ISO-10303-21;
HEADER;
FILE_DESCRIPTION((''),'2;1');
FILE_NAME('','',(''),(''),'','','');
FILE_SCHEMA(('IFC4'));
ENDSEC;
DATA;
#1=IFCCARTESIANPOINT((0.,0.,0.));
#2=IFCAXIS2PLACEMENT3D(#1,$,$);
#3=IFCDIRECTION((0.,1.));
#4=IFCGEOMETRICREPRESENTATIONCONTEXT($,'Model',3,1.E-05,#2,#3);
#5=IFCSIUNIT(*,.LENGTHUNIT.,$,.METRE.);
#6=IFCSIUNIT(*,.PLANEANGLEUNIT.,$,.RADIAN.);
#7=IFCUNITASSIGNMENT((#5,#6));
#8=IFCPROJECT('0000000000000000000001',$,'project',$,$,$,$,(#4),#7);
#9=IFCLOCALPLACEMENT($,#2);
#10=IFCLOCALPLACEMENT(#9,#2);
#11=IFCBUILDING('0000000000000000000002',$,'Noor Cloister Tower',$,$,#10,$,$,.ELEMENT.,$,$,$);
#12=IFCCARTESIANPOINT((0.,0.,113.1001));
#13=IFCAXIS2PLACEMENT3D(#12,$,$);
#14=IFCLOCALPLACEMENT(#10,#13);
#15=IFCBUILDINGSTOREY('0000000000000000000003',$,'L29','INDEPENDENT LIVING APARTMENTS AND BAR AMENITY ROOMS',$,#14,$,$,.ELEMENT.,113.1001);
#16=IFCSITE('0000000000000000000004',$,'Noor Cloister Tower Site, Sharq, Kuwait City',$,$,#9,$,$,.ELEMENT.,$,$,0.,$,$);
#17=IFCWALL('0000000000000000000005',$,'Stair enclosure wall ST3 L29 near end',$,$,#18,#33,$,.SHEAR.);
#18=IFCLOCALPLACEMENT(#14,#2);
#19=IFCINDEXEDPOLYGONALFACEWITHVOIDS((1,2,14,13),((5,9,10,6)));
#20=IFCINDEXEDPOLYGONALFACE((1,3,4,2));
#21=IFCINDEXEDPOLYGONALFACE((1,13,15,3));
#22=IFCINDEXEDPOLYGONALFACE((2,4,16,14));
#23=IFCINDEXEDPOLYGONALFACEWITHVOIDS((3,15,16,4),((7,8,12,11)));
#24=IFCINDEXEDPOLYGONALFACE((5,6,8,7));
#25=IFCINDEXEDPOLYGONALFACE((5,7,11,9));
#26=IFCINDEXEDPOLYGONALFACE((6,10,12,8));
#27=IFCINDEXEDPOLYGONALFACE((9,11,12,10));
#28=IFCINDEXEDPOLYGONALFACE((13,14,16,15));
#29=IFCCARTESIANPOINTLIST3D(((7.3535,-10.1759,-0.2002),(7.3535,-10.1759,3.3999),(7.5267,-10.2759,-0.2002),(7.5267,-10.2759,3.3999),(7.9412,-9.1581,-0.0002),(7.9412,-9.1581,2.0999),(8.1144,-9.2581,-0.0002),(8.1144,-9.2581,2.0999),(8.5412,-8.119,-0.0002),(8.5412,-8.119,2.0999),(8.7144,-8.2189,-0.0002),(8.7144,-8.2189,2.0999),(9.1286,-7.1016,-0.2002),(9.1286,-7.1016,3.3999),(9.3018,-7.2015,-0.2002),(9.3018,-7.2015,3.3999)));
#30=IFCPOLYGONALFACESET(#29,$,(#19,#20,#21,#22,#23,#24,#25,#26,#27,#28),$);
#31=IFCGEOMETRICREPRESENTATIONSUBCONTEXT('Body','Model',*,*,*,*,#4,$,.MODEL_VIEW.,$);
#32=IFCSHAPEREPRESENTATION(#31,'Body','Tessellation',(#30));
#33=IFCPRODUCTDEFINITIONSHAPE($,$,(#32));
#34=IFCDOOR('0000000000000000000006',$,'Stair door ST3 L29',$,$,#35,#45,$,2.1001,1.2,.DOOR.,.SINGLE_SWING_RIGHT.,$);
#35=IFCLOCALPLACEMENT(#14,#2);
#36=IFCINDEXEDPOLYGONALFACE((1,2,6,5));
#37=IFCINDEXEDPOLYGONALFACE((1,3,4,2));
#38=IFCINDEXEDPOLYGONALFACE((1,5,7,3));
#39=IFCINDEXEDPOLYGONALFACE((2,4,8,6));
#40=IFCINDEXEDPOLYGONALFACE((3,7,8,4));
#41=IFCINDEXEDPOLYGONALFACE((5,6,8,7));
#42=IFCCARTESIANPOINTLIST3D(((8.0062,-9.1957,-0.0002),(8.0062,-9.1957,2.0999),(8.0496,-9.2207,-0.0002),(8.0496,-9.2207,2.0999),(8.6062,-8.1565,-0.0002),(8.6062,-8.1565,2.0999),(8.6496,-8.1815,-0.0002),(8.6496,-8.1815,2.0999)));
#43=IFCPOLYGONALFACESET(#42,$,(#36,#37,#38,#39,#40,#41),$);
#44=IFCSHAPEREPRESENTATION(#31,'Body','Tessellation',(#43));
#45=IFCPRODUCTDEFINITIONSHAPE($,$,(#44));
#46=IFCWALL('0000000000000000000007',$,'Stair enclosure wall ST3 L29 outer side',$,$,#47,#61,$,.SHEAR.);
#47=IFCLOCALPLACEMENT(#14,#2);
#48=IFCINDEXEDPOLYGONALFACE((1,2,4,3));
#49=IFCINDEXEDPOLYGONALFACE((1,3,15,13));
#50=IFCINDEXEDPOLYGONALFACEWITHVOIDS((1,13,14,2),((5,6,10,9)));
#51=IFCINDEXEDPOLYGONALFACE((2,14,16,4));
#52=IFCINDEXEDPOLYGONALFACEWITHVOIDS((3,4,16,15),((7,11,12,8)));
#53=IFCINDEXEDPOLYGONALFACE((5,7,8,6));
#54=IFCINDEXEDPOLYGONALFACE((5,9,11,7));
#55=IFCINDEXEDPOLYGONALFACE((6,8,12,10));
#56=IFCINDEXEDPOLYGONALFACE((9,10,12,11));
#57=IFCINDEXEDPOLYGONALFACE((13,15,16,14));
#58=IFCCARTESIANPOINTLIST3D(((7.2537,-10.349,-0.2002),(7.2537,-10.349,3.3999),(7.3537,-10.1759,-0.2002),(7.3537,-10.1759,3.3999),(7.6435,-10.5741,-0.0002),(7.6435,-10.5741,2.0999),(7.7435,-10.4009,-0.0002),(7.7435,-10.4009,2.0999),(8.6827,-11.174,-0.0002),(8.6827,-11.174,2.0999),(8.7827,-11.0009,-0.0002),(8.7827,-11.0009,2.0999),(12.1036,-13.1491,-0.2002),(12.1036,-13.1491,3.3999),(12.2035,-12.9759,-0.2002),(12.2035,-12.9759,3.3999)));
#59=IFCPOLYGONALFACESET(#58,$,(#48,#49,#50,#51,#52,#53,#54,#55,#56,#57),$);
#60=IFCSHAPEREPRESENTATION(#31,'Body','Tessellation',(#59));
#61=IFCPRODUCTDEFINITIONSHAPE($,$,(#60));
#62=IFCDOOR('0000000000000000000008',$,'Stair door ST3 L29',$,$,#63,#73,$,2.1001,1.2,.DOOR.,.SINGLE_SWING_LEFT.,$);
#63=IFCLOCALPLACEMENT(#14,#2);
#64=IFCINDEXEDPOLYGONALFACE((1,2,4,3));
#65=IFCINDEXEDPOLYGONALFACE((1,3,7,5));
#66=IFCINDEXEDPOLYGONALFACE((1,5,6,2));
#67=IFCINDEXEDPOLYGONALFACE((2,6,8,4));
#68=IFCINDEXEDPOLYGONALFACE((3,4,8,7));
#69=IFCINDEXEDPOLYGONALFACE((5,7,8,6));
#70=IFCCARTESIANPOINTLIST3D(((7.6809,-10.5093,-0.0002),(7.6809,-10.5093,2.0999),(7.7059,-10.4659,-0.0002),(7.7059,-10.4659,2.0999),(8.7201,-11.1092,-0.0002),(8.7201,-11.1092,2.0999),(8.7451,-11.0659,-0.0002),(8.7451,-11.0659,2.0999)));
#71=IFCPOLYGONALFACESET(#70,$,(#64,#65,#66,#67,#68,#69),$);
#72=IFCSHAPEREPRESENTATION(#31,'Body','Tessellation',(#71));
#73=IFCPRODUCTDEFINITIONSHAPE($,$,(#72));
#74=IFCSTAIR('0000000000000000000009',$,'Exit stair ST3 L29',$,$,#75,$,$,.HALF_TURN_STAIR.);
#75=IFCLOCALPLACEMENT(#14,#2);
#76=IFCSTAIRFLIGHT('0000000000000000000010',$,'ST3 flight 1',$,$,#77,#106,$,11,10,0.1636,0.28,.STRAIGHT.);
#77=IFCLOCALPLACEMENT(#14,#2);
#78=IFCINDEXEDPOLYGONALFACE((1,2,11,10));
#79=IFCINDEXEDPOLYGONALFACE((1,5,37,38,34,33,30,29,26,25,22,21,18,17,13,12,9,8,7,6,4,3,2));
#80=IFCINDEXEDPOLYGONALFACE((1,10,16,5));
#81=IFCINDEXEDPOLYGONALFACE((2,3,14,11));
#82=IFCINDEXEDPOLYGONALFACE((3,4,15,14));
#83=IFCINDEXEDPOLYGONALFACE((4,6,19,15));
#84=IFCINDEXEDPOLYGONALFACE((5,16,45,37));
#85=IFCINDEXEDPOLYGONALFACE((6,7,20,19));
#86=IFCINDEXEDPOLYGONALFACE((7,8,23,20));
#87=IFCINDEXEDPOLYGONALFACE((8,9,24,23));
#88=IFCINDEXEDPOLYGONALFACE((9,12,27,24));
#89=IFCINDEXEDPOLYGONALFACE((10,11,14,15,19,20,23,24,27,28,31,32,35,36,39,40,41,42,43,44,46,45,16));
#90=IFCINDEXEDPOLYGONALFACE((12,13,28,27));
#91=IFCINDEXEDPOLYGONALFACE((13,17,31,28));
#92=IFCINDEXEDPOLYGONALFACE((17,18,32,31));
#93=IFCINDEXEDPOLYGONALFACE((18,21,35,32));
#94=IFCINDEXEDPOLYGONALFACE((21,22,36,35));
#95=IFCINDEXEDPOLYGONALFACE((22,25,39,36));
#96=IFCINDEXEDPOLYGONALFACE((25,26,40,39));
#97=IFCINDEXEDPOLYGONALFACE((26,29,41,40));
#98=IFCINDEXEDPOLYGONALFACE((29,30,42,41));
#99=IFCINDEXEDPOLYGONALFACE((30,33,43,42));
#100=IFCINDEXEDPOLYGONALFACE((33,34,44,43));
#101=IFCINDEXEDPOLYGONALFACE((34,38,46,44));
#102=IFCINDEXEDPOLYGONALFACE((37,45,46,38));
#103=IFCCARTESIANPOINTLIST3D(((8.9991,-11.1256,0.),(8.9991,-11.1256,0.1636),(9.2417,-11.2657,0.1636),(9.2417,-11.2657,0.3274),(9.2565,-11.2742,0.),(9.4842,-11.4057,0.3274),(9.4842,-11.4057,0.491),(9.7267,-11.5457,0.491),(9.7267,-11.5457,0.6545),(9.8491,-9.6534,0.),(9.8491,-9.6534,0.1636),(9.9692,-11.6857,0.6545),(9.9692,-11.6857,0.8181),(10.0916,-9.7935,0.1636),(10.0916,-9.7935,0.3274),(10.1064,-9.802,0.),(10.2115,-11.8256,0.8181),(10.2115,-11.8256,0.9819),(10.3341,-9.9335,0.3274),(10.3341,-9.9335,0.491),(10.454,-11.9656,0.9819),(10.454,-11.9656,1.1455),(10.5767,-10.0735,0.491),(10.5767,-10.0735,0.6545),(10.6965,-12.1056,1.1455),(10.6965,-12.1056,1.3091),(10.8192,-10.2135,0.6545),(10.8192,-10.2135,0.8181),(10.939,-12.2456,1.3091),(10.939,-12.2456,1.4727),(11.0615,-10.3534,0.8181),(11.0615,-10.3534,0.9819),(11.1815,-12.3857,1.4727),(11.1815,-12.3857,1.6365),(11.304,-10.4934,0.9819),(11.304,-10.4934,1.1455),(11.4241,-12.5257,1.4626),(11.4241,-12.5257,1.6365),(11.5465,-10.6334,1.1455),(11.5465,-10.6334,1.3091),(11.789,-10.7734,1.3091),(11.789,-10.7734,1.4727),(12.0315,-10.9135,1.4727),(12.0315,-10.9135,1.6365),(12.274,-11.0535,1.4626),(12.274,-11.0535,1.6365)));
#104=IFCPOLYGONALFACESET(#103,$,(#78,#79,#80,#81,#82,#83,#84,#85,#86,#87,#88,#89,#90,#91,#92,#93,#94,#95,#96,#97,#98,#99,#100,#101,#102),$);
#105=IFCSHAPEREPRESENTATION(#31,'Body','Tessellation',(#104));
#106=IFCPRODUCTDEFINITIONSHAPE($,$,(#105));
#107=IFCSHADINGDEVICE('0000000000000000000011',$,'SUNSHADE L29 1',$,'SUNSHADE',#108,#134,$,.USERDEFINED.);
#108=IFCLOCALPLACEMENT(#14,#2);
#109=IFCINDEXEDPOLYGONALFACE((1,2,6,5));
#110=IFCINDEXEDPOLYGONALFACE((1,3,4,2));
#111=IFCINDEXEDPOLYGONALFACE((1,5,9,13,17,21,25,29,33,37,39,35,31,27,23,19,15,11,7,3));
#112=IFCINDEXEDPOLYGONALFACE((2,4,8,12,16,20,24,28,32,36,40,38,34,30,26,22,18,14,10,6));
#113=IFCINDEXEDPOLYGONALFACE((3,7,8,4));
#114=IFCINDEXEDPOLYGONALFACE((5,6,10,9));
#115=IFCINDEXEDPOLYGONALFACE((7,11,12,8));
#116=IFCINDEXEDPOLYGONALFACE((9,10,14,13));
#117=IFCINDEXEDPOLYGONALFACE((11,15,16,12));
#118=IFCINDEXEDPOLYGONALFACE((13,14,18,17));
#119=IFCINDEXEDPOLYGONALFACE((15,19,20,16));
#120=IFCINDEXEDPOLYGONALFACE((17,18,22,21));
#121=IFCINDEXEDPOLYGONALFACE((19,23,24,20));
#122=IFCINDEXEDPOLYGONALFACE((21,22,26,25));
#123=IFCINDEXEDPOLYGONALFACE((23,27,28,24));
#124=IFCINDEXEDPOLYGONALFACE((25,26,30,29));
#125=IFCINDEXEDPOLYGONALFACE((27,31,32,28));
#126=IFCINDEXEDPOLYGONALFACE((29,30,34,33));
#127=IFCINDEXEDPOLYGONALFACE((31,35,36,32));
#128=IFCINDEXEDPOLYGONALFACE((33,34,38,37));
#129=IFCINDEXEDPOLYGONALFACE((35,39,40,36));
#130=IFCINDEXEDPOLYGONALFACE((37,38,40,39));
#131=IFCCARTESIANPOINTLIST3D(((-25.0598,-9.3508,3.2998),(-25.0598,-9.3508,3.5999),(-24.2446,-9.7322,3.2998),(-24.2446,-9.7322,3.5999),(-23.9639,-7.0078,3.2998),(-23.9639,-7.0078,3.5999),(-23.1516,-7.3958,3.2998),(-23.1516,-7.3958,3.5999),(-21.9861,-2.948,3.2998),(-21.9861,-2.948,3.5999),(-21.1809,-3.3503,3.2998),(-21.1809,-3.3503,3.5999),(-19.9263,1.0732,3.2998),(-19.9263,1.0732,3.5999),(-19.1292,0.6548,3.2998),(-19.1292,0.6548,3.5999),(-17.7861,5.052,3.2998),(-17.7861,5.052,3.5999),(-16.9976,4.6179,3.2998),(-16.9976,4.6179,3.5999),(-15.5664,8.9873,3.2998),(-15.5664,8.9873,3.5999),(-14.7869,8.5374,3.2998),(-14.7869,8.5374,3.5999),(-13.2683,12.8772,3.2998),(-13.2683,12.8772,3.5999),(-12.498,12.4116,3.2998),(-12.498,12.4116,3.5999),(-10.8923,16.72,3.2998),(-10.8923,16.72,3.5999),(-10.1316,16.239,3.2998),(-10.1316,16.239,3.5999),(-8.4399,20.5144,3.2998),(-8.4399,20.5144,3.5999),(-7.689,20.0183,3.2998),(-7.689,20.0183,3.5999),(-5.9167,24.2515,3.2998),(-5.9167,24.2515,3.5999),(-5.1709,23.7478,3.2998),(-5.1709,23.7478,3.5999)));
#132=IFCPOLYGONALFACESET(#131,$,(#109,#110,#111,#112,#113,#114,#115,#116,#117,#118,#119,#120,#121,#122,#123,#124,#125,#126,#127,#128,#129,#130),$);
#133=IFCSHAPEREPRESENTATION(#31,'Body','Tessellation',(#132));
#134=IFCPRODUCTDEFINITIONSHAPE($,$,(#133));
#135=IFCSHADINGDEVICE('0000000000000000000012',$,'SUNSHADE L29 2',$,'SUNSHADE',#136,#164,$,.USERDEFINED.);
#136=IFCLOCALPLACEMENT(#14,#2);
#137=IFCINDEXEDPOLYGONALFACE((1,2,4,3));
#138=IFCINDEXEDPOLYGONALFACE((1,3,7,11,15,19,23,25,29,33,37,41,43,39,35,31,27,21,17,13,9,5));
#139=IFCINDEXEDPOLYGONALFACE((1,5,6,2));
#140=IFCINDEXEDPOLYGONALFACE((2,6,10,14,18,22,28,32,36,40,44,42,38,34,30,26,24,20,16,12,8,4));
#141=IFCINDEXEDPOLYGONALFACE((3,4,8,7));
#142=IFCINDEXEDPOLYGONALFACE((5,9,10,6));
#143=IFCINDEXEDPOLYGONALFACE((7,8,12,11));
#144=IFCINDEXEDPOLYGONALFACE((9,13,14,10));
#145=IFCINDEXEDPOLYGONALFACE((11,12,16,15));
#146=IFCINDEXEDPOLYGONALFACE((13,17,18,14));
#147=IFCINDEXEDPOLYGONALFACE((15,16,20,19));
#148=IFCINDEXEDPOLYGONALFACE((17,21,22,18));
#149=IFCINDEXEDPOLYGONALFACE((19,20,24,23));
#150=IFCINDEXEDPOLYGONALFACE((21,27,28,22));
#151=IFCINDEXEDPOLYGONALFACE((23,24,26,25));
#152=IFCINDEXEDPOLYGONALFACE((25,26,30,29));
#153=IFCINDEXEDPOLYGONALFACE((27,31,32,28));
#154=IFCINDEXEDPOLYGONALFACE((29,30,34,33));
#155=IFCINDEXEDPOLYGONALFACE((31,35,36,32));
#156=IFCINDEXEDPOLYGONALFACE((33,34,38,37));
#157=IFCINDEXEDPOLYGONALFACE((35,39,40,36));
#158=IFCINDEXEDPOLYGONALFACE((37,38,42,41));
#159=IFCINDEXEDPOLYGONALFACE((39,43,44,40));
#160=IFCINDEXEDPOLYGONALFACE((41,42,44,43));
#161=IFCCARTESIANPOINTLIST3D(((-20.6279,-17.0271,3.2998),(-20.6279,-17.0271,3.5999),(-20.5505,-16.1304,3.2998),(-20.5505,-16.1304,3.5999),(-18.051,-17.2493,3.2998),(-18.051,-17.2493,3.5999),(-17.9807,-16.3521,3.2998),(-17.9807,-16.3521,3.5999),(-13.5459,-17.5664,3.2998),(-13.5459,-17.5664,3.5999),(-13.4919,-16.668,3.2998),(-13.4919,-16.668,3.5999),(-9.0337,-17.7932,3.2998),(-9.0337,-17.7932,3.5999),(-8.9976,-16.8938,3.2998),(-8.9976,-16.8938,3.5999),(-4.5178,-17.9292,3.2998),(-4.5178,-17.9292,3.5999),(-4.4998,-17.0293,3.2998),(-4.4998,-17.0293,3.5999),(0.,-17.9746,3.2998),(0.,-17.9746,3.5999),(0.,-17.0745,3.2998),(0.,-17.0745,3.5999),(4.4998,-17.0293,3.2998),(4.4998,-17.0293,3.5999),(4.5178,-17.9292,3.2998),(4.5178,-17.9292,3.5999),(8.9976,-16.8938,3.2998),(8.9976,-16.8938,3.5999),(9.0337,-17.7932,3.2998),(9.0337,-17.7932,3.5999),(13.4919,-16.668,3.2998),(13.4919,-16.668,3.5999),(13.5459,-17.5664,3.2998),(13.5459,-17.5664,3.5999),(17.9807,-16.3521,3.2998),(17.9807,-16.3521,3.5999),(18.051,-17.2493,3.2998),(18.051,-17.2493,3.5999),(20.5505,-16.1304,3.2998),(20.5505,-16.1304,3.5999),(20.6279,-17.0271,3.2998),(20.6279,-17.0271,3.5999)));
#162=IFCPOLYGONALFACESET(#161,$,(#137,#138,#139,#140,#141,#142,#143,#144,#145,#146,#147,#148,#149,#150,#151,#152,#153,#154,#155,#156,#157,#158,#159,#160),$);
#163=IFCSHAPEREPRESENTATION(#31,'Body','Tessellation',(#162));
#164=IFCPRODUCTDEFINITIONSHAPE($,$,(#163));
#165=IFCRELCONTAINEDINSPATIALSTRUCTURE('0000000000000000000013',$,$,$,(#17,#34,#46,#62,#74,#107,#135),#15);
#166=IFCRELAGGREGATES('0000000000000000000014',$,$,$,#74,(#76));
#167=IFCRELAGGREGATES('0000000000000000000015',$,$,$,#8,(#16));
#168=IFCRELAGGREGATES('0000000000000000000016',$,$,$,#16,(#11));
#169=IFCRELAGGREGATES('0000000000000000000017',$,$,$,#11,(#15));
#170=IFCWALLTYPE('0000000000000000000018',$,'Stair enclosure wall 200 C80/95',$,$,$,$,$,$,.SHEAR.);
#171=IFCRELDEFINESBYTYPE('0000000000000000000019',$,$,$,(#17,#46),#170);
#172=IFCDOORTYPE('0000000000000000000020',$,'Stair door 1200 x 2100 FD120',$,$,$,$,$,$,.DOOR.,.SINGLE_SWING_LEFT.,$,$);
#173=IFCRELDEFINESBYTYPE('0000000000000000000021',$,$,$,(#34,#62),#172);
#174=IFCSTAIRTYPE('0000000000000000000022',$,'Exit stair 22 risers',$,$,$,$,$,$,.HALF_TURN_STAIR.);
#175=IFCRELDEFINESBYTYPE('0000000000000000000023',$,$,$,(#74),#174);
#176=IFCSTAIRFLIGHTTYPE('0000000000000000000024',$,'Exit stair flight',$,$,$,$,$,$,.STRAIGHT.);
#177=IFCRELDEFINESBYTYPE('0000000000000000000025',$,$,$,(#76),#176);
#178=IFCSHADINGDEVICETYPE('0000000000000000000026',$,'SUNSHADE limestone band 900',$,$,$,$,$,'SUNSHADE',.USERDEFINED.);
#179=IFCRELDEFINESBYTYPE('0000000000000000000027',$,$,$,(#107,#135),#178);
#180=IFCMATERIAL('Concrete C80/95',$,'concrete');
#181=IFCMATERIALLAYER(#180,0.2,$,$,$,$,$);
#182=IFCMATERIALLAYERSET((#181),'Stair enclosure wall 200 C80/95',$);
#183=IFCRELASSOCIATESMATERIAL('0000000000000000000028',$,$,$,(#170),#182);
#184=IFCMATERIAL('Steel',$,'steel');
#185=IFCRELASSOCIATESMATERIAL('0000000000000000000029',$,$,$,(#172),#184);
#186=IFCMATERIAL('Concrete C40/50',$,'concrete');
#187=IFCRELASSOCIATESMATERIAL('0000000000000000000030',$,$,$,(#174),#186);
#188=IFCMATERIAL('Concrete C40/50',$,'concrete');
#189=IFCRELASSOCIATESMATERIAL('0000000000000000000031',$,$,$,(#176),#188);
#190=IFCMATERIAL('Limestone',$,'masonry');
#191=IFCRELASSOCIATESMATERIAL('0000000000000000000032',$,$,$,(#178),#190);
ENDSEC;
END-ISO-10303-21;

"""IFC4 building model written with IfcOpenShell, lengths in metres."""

from ifc_helpers import new_model, si_unit, direction, frame, frame_2d, origin, place, context, subcontext, project, spatial, polyline, rectangle, outline, extrude, material, layer, layer_set, type_object, element, fill, aggregate, save


model = new_model("IFC4")

# Units and contexts
model_context = context("Model", 3, precision=1e-05, world=origin(), true_north=direction((0.0, 1.0)))
body_context = subcontext(model_context, "Body", "Model", "MODEL_VIEW")
ifc_project = project(units=[si_unit("LENGTHUNIT", "METRE"), si_unit("PLANEANGLEUNIT", "RADIAN")], contexts=[model_context])

# Site, building, storey
site_placement = place(None, origin())
site = spatial("IfcSite", under=ifc_project, at=site_placement, Name="Noor Cloister Tower Site, Sharq, Kuwait City", CompositionType="ELEMENT", RefElevation=0.0)
building_placement = place(site_placement, origin())
building = spatial("IfcBuilding", under=site, at=building_placement, Name="Noor Cloister Tower", CompositionType="ELEMENT")
storey_placement = place(building_placement, frame((0.0, 0.0, 113.1001)))
storey = spatial("IfcBuildingStorey", under=building, at=storey_placement, Name="L29", Description="INDEPENDENT LIVING APARTMENTS AND BAR AMENITY ROOMS", CompositionType="ELEMENT", Elevation=113.1001)

# Walls, openings, doors
ifc_material_1 = material(Name="Concrete C80/95", Category="concrete")
ifc_layer_1 = layer(ifc_material_1, 0.2)
ifc_layer_set_1 = layer_set([ifc_layer_1], Name="Stair enclosure wall 200 C80/95")
wall_type_1 = type_object("IfcWallType", Name="Stair enclosure wall 200 C80/95", PredefinedType="SHEAR", material=ifc_layer_set_1)
wall_1_placement = place(storey_placement, frame((7.4402, -10.2258, -0.2002), z_axis=(0.0, 0.0, 1.0), x_axis=(0.500022, 0.866013, 0.0)))
wall_1 = element("IfcWall", 1, at=wall_1_placement, inside=storey, type_object=wall_type_1, Name="Stair enclosure wall ST3 L29 near end", PredefinedType="SHEAR", context=body_context, shape_type="SweptSolid", body=[
    extrude(rectangle(XDim=3.55, YDim=0.2, at=frame_2d((1.7749, 0.0))), origin(), (0.0, 0.0, 1.0), 3.6001),
])
opening_1_placement = place(wall_1_placement, frame((1.175, 0.0, 0.2)))
opening_1 = element("IfcOpeningElement", 2, at=opening_1_placement, cuts=wall_1, PredefinedType="OPENING", context=body_context, shape_type="SweptSolid", body=[
    extrude(rectangle(XDim=1.2, YDim=2.1001, at=frame_2d((0.6001, 1.05))), frame((0.0, 0.1099, 0.0), z_axis=(0.0, -1.0, 0.0), x_axis=(1.0, 0.0, 0.0)), (0.0, 0.0, 1.0), 0.22),
])
ifc_material_2 = material(Name="Steel", Category="steel")
door_type_1 = type_object("IfcDoorType", Name="Stair door 1200 x 2100 FD120", OperationType="SINGLE_SWING_LEFT", PredefinedType="DOOR", material=ifc_material_2)
door_1_placement = place(opening_1_placement, origin())
door_1 = element("IfcDoor", 3, at=door_1_placement, inside=storey, type_object=door_type_1, Name="Stair door ST3 L29", OperationType="SINGLE_SWING_RIGHT", OverallHeight=2.1001, OverallWidth=1.2, PredefinedType="DOOR", context=body_context, shape_type="SweptSolid", body=[
    extrude(rectangle(XDim=1.2, YDim=2.1001, at=frame_2d((0.6001, 1.05))), frame((0.0, 0.0249, 0.0), z_axis=(0.0, -1.0, 0.0), x_axis=(1.0, 0.0, 0.0)), (0.0, 0.0, 1.0), 0.05),
])
fill(opening_1, door_1)
wall_2_placement = place(storey_placement, frame((7.3037, -10.2625, -0.2002), z_axis=(0.0, 0.0, 1.0), x_axis=(0.866027, -0.499998, 0.0)))
wall_2 = element("IfcWall", 4, at=wall_2_placement, inside=storey, type_object=wall_type_1, Name="Stair enclosure wall ST3 L29 outer side", PredefinedType="SHEAR", context=body_context, shape_type="SweptSolid", body=[
    extrude(rectangle(XDim=5.6001, YDim=0.2, at=frame_2d((2.8, 0.0))), origin(), (0.0, 0.0, 1.0), 3.6001),
])
opening_2_placement = place(wall_2_placement, frame((0.45, 0.0, 0.2)))
opening_2 = element("IfcOpeningElement", 5, at=opening_2_placement, cuts=wall_2, PredefinedType="OPENING", context=body_context, shape_type="SweptSolid", body=[
    extrude(rectangle(XDim=1.2, YDim=2.1001, at=frame_2d((0.6001, 1.05))), frame((0.0, 0.1099, 0.0), z_axis=(0.0, -1.0, 0.0), x_axis=(1.0, 0.0, 0.0)), (0.0, 0.0, 1.0), 0.22),
])
door_2_placement = place(opening_2_placement, origin())
door_2 = element("IfcDoor", 6, at=door_2_placement, inside=storey, type_object=door_type_1, Name="Stair door ST3 L29", OperationType="SINGLE_SWING_LEFT", OverallHeight=2.1001, OverallWidth=1.2, PredefinedType="DOOR", context=body_context, shape_type="SweptSolid", body=[
    extrude(rectangle(XDim=1.2, YDim=2.1001, at=frame_2d((0.6001, 1.05))), frame((0.0, 0.0249, 0.0), z_axis=(0.0, -1.0, 0.0), x_axis=(1.0, 0.0, 0.0)), (0.0, 0.0, 1.0), 0.05),
])
fill(opening_2, door_2)

# Stair, stair flight
ifc_material_3 = material(Name="Concrete C40/50", Category="concrete")
stair_type = type_object("IfcStairType", Name="Exit stair 22 risers", PredefinedType="HALF_TURN_STAIR", material=ifc_material_3)
stair_placement = place(storey_placement, origin())
stair = element("IfcStair", 7, at=stair_placement, inside=storey, type_object=stair_type, Name="Exit stair ST3 L29", PredefinedType="HALF_TURN_STAIR")
ifc_material_4 = material(Name="Concrete C40/50", Category="concrete")
stair_flight_type = type_object("IfcStairFlightType", Name="Exit stair flight", PredefinedType="STRAIGHT", material=ifc_material_4)
stair_flight_placement = place(storey_placement, frame((9.4241, -10.3896, 0.0), z_axis=(0.0, 0.0, 1.0), x_axis=(0.866025, -0.5, 0.0)))
stair_flight = element("IfcStairFlight", 8, at=stair_flight_placement, type_object=stair_flight_type, Name="ST3 flight 1", NumberOfRisers=11, NumberOfTreads=10, PredefinedType="STRAIGHT", RiserHeight=0.1636, TreadLength=0.28, context=body_context, shape_type="SweptSolid", body=[
    extrude(outline(polyline([(0.0, 0.0), (0.0, 0.1636), (0.28, 0.1636), (0.28, 0.3274), (0.5601, 0.3274), (0.5601, 0.491), (0.8401, 0.491), (0.8401, 0.6545), (1.1201, 0.6545), (1.1201, 0.8181), (1.3999, 0.8181), (1.3999, 0.9819), (1.6799, 0.9819), (1.6799, 1.1455), (1.96, 1.1455), (1.96, 1.3091), (2.24, 1.3091), (2.24, 1.4727), (2.52, 1.4727), (2.52, 1.6365), (2.8, 1.6365), (2.8, 1.8), (2.8, 1.4626), (0.2971, 0.0), (0.0, 0.0)])), frame((0.0, 0.8501, 0.0), z_axis=(0.0, -1.0, 0.0), x_axis=(1.0, 0.0, 0.0)), (0.0, 0.0, 1.0), 1.7),
])
aggregate(stair, [stair_flight])

# Shading devices
ifc_material_5 = material(Name="Limestone", Category="masonry")
shading_device_type = type_object("IfcShadingDeviceType", Name="SUNSHADE limestone band 900", ElementType="SUNSHADE", PredefinedType="USERDEFINED", material=ifc_material_5)
shading_device_1_placement = place(storey_placement, frame((0.0, 0.0, 3.2998)))
element("IfcShadingDevice", 9, at=shading_device_1_placement, inside=storey, type_object=shading_device_type, Name="SUNSHADE L29 1", ObjectType="SUNSHADE", PredefinedType="USERDEFINED", context=body_context, shape_type="SweptSolid", body=[
    extrude(outline(polyline([(-5.9167, 24.2515), (-8.4399, 20.5144), (-10.8923, 16.72), (-13.2683, 12.8772), (-15.5664, 8.9873), (-17.7861, 5.052), (-19.9263, 1.0732), (-21.9861, -2.948), (-23.9639, -7.0078), (-25.0598, -9.3508), (-24.2446, -9.7322), (-23.1516, -7.3958), (-21.1809, -3.3503), (-19.1292, 0.6548), (-16.9976, 4.6179), (-14.7869, 8.5374), (-12.498, 12.4116), (-10.1316, 16.239), (-7.689, 20.0183), (-5.1709, 23.7478), (-5.9167, 24.2515)])), origin(), (0.0, 0.0, 1.0), 0.3),
])
shading_device_2_placement = place(storey_placement, frame((0.0, 0.0, 3.2998)))
element("IfcShadingDevice", 10, at=shading_device_2_placement, inside=storey, type_object=shading_device_type, Name="SUNSHADE L29 2", ObjectType="SUNSHADE", PredefinedType="USERDEFINED", context=body_context, shape_type="SweptSolid", body=[
    extrude(outline(polyline([(-20.6279, -17.0271), (-18.051, -17.2493), (-13.5459, -17.5664), (-9.0337, -17.7932), (-4.5178, -17.9292), (0.0, -17.9746), (4.5178, -17.9292), (9.0337, -17.7932), (13.5459, -17.5664), (18.051, -17.2493), (20.6279, -17.0271), (20.5505, -16.1304), (17.9807, -16.3521), (13.4919, -16.668), (8.9976, -16.8938), (4.4998, -17.0293), (0.0, -17.0745), (-4.4998, -17.0293), (-8.9976, -16.8938), (-13.4919, -16.668), (-17.9807, -16.3521), (-20.5505, -16.1304), (-20.6279, -17.0271)])), origin(), (0.0, 0.0, 1.0), 0.3),
])

save(model, "model.ifc")
